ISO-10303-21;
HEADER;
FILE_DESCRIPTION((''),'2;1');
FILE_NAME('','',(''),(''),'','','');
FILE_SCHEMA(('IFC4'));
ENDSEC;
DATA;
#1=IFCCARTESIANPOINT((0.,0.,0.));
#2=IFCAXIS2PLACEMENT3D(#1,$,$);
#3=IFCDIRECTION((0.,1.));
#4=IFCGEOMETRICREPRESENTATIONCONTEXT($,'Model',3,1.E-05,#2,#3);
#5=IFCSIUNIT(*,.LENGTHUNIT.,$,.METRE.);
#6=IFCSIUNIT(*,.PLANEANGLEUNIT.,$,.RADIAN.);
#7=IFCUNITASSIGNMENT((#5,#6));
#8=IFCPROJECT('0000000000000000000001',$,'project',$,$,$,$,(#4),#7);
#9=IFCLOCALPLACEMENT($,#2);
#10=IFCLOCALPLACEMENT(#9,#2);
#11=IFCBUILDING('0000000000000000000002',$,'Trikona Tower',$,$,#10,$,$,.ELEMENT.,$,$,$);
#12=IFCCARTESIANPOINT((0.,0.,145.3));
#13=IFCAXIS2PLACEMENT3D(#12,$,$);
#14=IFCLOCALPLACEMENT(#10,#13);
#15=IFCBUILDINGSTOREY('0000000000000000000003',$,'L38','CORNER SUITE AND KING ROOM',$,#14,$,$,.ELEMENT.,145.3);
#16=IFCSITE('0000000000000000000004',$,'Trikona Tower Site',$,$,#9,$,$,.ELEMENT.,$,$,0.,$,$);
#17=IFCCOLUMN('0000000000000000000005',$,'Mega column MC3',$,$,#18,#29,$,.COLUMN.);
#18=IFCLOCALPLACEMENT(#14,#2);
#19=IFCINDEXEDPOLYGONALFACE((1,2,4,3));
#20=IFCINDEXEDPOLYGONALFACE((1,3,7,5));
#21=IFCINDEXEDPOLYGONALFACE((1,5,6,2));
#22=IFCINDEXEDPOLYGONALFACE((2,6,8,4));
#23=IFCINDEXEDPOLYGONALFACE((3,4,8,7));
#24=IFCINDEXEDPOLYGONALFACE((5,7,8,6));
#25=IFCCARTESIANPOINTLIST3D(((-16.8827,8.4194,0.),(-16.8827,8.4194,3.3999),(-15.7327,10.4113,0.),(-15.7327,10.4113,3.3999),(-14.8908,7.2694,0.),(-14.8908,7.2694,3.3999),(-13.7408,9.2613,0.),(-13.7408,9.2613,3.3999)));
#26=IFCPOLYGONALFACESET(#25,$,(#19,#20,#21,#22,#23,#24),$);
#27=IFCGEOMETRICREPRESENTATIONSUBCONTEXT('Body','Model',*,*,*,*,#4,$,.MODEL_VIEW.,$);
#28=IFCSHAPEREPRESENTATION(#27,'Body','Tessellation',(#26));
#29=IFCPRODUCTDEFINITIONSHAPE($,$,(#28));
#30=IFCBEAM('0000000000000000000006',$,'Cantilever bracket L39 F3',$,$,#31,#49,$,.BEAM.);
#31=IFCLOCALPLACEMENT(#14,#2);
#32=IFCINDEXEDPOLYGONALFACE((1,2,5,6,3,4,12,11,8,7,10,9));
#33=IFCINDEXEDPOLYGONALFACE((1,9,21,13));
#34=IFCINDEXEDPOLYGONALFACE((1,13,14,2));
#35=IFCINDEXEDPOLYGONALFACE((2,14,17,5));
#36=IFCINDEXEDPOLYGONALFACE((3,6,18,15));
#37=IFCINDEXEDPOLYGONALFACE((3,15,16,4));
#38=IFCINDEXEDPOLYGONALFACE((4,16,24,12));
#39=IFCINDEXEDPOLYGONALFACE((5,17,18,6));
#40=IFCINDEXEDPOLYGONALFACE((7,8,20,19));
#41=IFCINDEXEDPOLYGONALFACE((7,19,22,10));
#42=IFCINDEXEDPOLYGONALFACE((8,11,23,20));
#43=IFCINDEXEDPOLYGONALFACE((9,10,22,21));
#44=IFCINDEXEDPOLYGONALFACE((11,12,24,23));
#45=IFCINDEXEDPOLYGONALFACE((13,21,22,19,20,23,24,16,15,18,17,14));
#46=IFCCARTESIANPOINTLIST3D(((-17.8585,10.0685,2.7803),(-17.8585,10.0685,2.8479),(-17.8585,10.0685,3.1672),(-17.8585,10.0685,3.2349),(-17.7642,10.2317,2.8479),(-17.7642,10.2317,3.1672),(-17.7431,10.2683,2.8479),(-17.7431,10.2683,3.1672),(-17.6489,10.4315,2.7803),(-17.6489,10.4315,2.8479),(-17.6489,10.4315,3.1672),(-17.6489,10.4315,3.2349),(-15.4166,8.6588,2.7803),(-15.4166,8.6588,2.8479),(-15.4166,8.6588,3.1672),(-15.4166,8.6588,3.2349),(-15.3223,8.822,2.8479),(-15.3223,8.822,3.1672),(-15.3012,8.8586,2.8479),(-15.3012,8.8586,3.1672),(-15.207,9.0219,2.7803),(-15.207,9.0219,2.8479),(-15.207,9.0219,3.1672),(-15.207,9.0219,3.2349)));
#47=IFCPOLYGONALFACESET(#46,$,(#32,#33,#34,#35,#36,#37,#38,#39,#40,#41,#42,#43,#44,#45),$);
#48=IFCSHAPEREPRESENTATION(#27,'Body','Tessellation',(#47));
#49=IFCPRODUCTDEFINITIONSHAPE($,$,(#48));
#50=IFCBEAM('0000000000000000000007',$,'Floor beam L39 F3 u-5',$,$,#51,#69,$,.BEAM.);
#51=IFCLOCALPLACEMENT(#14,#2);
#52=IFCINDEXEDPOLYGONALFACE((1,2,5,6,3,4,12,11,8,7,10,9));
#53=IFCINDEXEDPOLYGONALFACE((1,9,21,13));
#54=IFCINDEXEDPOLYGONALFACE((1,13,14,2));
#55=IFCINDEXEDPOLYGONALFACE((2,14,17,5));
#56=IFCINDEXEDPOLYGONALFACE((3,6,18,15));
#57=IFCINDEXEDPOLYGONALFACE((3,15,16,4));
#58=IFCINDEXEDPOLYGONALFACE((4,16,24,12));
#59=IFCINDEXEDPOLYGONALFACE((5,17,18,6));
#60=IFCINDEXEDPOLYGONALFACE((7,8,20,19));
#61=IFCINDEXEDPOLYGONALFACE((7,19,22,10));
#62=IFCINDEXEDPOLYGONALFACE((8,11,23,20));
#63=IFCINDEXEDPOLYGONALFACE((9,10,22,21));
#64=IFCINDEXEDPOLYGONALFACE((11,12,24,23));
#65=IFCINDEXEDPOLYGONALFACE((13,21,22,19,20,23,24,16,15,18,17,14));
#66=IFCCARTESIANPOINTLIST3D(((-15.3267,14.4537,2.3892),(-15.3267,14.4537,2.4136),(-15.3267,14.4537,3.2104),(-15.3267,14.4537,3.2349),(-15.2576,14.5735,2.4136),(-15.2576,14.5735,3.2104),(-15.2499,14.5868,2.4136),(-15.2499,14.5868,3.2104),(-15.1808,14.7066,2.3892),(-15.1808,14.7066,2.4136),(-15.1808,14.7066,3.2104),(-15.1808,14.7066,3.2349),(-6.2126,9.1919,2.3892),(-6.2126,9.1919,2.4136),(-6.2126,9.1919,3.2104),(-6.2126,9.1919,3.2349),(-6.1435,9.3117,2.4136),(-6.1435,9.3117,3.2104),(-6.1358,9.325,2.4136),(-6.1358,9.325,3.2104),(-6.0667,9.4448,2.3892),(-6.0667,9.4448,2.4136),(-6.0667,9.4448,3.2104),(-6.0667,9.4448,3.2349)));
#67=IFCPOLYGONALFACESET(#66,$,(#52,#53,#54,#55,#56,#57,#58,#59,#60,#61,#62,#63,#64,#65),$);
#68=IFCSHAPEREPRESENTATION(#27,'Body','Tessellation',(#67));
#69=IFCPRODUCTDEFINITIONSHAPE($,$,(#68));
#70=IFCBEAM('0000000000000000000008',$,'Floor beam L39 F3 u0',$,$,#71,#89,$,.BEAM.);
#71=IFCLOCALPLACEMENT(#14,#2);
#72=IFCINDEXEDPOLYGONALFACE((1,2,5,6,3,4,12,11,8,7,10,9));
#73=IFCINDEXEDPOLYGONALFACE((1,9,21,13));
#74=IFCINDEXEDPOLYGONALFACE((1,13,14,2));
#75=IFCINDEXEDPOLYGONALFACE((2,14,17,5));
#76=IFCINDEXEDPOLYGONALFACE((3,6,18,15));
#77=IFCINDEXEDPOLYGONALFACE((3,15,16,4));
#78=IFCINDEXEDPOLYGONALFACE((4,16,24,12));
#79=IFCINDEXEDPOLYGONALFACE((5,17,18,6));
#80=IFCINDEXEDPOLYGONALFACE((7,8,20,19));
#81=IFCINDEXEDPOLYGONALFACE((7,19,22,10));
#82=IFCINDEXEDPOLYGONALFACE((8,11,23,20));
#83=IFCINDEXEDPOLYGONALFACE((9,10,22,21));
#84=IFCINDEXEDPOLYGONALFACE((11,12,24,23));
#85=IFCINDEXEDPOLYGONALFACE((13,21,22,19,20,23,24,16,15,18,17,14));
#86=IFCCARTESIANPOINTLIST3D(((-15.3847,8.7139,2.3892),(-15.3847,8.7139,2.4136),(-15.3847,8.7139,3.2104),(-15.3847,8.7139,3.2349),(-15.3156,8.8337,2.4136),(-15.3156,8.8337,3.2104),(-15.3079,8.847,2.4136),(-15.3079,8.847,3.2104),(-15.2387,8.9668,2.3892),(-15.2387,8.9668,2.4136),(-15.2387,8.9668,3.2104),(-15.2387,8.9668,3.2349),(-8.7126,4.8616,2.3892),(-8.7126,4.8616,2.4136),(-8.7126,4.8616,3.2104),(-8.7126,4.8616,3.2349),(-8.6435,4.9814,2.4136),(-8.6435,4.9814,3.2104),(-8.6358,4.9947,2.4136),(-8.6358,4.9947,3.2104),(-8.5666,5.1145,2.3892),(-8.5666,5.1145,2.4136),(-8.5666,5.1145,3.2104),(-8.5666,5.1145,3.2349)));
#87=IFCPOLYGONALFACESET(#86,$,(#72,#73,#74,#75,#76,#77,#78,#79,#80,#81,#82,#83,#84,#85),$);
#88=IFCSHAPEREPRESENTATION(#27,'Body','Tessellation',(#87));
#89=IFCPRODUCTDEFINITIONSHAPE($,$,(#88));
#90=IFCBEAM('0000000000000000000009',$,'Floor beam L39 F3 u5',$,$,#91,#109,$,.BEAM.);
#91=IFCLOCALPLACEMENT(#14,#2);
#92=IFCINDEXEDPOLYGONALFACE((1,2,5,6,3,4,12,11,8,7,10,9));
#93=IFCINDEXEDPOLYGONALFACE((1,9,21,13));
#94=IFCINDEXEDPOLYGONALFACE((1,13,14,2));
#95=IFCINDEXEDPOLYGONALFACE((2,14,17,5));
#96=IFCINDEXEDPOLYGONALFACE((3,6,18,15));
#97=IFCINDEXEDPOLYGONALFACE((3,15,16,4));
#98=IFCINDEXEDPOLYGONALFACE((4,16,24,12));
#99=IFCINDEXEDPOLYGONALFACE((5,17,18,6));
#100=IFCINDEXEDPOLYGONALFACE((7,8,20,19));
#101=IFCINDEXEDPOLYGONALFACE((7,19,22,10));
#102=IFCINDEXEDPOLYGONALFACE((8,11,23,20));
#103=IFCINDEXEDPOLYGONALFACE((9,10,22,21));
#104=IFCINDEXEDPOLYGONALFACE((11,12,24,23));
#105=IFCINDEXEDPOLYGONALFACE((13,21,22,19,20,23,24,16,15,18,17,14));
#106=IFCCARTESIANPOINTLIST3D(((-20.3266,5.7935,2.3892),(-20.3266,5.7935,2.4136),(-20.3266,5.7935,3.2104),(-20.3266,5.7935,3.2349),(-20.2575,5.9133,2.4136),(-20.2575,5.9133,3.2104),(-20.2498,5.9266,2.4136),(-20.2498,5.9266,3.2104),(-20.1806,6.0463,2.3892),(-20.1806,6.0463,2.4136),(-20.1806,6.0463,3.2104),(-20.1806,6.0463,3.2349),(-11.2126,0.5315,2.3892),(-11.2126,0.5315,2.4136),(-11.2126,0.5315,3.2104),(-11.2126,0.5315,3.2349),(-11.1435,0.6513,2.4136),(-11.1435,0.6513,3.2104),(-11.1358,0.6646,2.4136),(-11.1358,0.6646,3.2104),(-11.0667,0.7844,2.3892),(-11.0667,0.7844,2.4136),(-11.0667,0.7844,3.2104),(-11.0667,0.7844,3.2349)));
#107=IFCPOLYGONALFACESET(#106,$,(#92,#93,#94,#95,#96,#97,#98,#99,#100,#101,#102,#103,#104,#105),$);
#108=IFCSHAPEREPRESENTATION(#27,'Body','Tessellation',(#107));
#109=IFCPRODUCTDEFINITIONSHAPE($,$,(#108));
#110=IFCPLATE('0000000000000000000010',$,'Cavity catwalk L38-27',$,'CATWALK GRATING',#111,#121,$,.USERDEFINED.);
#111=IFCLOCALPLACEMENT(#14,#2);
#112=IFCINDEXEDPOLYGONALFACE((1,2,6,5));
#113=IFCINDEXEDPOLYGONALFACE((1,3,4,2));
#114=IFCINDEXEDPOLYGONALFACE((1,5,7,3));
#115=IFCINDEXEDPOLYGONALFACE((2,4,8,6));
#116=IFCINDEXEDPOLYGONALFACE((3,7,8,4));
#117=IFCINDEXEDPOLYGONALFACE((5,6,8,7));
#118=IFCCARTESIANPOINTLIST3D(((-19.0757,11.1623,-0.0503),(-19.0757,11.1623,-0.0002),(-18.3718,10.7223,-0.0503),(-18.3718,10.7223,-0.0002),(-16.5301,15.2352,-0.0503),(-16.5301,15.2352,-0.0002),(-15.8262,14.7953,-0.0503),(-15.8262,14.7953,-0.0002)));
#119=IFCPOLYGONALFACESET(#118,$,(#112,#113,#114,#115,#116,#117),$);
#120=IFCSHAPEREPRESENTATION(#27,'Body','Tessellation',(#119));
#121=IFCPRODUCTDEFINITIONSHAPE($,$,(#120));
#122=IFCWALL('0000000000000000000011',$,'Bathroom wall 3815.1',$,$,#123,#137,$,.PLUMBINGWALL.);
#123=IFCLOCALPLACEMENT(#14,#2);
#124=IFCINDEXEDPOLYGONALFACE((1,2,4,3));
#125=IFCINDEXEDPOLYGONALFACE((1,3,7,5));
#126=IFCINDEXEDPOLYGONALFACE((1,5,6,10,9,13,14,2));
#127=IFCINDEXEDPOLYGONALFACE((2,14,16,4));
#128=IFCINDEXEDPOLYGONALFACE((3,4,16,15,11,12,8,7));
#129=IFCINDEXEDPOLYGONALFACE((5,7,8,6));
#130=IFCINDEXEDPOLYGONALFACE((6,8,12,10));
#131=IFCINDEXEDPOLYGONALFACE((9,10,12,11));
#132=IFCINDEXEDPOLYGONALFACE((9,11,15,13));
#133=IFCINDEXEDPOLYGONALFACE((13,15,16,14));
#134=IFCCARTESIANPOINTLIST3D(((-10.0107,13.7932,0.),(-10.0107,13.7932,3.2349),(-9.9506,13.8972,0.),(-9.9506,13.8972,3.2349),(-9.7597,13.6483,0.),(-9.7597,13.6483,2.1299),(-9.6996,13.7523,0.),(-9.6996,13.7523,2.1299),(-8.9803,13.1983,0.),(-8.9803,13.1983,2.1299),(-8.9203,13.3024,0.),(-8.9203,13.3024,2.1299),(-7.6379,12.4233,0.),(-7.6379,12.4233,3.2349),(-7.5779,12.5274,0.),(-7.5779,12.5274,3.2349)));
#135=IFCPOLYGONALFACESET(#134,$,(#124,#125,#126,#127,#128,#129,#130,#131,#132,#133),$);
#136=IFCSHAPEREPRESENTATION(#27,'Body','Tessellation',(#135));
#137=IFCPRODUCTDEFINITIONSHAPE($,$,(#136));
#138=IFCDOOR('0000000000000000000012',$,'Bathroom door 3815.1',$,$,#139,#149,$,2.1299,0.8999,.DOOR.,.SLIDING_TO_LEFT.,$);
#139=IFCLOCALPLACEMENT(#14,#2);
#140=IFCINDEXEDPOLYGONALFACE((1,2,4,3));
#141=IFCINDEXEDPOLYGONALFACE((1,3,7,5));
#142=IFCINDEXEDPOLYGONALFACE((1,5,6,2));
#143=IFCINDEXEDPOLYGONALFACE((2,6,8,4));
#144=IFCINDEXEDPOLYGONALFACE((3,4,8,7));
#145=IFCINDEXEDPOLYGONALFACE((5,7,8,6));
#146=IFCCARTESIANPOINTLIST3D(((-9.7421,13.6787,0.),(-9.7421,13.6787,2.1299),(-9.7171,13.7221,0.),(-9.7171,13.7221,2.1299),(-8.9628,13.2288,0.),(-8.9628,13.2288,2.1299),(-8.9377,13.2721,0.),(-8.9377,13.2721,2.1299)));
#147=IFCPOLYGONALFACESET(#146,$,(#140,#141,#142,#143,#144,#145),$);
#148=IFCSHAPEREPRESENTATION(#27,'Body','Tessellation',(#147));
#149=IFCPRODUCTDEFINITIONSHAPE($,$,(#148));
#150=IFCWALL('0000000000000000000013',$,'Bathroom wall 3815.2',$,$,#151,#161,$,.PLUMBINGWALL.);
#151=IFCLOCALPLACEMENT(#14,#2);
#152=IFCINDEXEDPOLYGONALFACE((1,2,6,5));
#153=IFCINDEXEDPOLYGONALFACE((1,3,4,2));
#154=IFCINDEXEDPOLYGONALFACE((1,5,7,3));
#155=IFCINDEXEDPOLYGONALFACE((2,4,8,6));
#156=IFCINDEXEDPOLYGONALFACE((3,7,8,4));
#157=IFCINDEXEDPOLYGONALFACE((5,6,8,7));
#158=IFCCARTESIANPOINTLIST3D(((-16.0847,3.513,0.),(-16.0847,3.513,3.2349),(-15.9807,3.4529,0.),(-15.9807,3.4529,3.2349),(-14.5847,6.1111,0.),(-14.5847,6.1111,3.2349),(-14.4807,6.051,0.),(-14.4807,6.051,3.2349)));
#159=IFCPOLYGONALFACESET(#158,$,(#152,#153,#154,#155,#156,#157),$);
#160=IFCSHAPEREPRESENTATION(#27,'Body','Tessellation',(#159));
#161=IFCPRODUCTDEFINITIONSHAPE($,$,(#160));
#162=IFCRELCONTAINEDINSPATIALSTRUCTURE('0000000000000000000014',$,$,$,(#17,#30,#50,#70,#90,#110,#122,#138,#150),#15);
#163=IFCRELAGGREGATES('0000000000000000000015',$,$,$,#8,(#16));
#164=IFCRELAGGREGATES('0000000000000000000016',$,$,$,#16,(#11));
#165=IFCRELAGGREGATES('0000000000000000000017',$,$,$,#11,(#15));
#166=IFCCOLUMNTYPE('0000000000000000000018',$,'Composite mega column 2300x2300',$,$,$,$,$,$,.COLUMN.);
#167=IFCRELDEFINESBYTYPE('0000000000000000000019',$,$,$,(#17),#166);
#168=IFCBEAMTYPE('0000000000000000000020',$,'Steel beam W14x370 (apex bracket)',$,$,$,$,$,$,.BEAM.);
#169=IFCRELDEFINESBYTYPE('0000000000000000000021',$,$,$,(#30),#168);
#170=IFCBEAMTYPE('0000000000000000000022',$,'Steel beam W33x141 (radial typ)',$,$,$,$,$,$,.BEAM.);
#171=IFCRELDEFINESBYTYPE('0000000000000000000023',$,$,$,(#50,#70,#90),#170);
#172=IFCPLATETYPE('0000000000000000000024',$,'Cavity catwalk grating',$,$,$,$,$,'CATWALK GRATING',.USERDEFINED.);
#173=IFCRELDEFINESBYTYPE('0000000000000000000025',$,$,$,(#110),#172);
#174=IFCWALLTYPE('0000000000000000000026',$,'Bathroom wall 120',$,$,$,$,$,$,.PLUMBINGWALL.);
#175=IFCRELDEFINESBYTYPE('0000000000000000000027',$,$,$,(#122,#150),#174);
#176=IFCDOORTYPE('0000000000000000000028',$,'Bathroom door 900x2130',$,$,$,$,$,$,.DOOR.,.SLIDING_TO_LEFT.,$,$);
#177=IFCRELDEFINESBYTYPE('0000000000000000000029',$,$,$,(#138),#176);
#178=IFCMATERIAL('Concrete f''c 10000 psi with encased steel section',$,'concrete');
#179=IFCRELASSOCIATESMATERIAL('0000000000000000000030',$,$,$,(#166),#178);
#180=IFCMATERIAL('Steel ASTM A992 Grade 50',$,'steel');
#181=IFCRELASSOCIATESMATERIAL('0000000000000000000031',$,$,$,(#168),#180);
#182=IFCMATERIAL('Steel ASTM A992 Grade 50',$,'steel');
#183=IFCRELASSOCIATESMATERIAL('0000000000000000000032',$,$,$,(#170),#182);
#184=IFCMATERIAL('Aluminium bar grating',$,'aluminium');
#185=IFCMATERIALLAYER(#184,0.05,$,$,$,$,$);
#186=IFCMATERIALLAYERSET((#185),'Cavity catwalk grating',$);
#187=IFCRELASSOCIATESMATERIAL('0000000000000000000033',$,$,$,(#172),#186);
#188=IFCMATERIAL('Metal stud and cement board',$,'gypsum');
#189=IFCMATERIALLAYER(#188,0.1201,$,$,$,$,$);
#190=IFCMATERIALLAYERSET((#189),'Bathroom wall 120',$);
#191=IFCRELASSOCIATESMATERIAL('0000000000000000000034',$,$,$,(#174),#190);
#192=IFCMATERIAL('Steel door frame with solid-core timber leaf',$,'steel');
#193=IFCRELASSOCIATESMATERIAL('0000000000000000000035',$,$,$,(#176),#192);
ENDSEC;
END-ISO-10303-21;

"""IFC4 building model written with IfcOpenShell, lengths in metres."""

from ifc_helpers import new_model, si_unit, direction, frame, frame_2d, origin, origin_2d, place, context, subcontext, project, spatial, rectangle, i_section, extrude, material, layer, layer_set, material_profile, profile_set, type_object, element, fill, save


model = new_model("IFC4")

# Units and contexts
model_context = context("Model", 3, precision=1e-05, world=origin(), true_north=direction((0.0, 1.0)))
body_context = subcontext(model_context, "Body", "Model", "MODEL_VIEW")
ifc_project = project(units=[si_unit("LENGTHUNIT", "METRE"), si_unit("PLANEANGLEUNIT", "RADIAN")], contexts=[model_context])

# Site, building, storey
site_placement = place(None, origin())
site = spatial("IfcSite", under=ifc_project, at=site_placement, Name="Trikona Tower Site", CompositionType="ELEMENT", RefElevation=0.0)
building_placement = place(site_placement, origin())
building = spatial("IfcBuilding", under=site, at=building_placement, Name="Trikona Tower", CompositionType="ELEMENT")
storey_placement = place(building_placement, frame((0.0, 0.0, 145.3)))
storey = spatial("IfcBuildingStorey", under=building, at=storey_placement, Name="L38", Description="CORNER SUITE AND KING ROOM", CompositionType="ELEMENT", Elevation=145.3)

# Column
ifc_material_1 = material(Name="Concrete f'c 10000 psi with encased steel section", Category="concrete")
ifc_material_profile_1 = material_profile(ifc_material_1, rectangle(XDim=2.3, YDim=2.3, at=origin_2d()), Name="MC2300")
ifc_profile_set_1 = profile_set([ifc_material_profile_1], Name="Concrete f'c 10000 psi with encased steel section")
column_type = type_object("IfcColumnType", Name="Composite mega column 2300x2300", PredefinedType="COLUMN", material=ifc_profile_set_1)
column_placement = place(storey_placement, frame((-15.3118, 8.8403, 0.0), z_axis=(0.0, 0.0, 1.0), x_axis=(-0.866025, 0.5, 0.0)))
element("IfcColumn", 1, at=column_placement, inside=storey, type_object=column_type, Name="Mega column MC3", PredefinedType="COLUMN", context=body_context, shape_type="SweptSolid", body=[
    extrude(rectangle(XDim=2.3, YDim=2.3, at=origin_2d()), origin(), (0.0, 0.0, 1.0), 3.3999),
])

# Beams
ifc_material_2 = material(Name="Steel ASTM A992 Grade 50", Category="steel")
ifc_material_profile_2 = material_profile(ifc_material_2, i_section(OverallWidth=0.4192, OverallDepth=0.4546, WebThickness=0.0422, FlangeThickness=0.0676, at=origin_2d()), Name="W14X370")
ifc_profile_set_2 = profile_set([ifc_material_profile_2], Name="Steel ASTM A992 Grade 50")
beam_type_1 = type_object("IfcBeamType", Name="Steel beam W14x370 (apex bracket)", PredefinedType="BEAM", material=ifc_profile_set_2)
beam_1_placement = place(storey_placement, frame((-15.3118, 8.8403, 3.0076), z_axis=(-0.86605, 0.499957, 0.0), x_axis=(-0.499957, -0.86605, 0.0)))
element("IfcBeam", 2, at=beam_1_placement, inside=storey, type_object=beam_type_1, Name="Cantilever bracket L39 F3", PredefinedType="BEAM", context=body_context, shape_type="SweptSolid", body=[
    extrude(i_section(OverallWidth=0.4192, OverallDepth=0.4546, WebThickness=0.0422, FlangeThickness=0.0676, at=origin_2d()), origin(), (0.0, 0.0, 1.0), 2.8196),
])
ifc_material_3 = material(Name="Steel ASTM A992 Grade 50", Category="steel")
ifc_material_profile_3 = material_profile(ifc_material_3, i_section(OverallWidth=0.292, OverallDepth=0.8457, WebThickness=0.0154, FlangeThickness=0.0244, at=origin_2d()), Name="W33X141")
ifc_profile_set_3 = profile_set([ifc_material_profile_3], Name="Steel ASTM A992 Grade 50")
beam_type_2 = type_object("IfcBeamType", Name="Steel beam W33x141 (radial typ)", PredefinedType="BEAM", material=ifc_profile_set_3)
beam_2_placement = place(storey_placement, frame((-6.1396, 9.3184, 2.812), z_axis=(-0.866036, 0.499982, 0.0), x_axis=(-0.499982, -0.866036, 0.0)))
element("IfcBeam", 3, at=beam_2_placement, inside=storey, type_object=beam_type_2, Name="Floor beam L39 F3 u-5", PredefinedType="BEAM", context=body_context, shape_type="SweptSolid", body=[
    extrude(i_section(OverallWidth=0.292, OverallDepth=0.8457, WebThickness=0.0154, FlangeThickness=0.0244, at=origin_2d()), origin(), (0.0, 0.0, 1.0), 10.5239),
])
beam_3_placement = place(storey_placement, frame((-8.6396, 4.988, 2.812), z_axis=(-0.866017, 0.500014, 0.0), x_axis=(-0.500014, -0.866017, 0.0)))
element("IfcBeam", 4, at=beam_3_placement, inside=storey, type_object=beam_type_2, Name="Floor beam L39 F3 u0", PredefinedType="BEAM", context=body_context, shape_type="SweptSolid", body=[
    extrude(i_section(OverallWidth=0.292, OverallDepth=0.8457, WebThickness=0.0154, FlangeThickness=0.0244, at=origin_2d()), origin(), (0.0, 0.0, 1.0), 7.7043),
])
beam_4_placement = place(storey_placement, frame((-11.1396, 0.658, 2.812), z_axis=(-0.866026, 0.499999, 0.0), x_axis=(-0.499999, -0.866026, 0.0)))
element("IfcBeam", 5, at=beam_4_placement, inside=storey, type_object=beam_type_2, Name="Floor beam L39 F3 u5", PredefinedType="BEAM", context=body_context, shape_type="SweptSolid", body=[
    extrude(i_section(OverallWidth=0.292, OverallDepth=0.8457, WebThickness=0.0154, FlangeThickness=0.0244, at=origin_2d()), origin(), (0.0, 0.0, 1.0), 10.5239),
])

# Plate
ifc_material_4 = material(Name="Aluminium bar grating", Category="aluminium")
ifc_layer_1 = layer(ifc_material_4, 0.05)
ifc_layer_set_1 = layer_set([ifc_layer_1], Name="Cavity catwalk grating")
plate_type = type_object("IfcPlateType", Name="Cavity catwalk grating", ElementType="CATWALK GRATING", PredefinedType="USERDEFINED", material=ifc_layer_set_1)
plate_placement = place(storey_placement, frame((-17.4509, 12.9788, -0.0503), z_axis=(0.0, 0.0, 1.0), x_axis=(-0.529995, -0.848001, 0.0)))
element("IfcPlate", 6, at=plate_placement, inside=storey, type_object=plate_type, Name="Cavity catwalk L38-27", ObjectType="CATWALK GRATING", PredefinedType="USERDEFINED", context=body_context, shape_type="SweptSolid", body=[
    extrude(rectangle(XDim=4.803, YDim=0.8301, at=origin_2d()), origin(), (0.0, 0.0, 1.0), 0.05),
])

# Wall, opening, door
ifc_material_5 = material(Name="Metal stud and cement board", Category="gypsum")
ifc_layer_2 = layer(ifc_material_5, 0.1201)
ifc_layer_set_2 = layer_set([ifc_layer_2], Name="Bathroom wall 120")
wall_type_1 = type_object("IfcWallType", Name="Bathroom wall 120", PredefinedType="PLUMBINGWALL", material=ifc_layer_set_2)
wall_1_placement = place(storey_placement, frame((-7.6079, 12.4753, 0.0), z_axis=(0.0, 0.0, 1.0), x_axis=(-0.866036, 0.499982, 0.0)))
wall_1 = element("IfcWall", 7, at=wall_1_placement, inside=storey, type_object=wall_type_1, Name="Bathroom wall 3815.1", PredefinedType="PLUMBINGWALL", context=body_context, shape_type="SweptSolid", body=[
    extrude(rectangle(XDim=2.7397, YDim=0.1201, at=frame_2d((1.3699, 0.0))), origin(), (0.0, 0.0, 1.0), 3.2349),
])
opening_1_placement = place(wall_1_placement, frame((1.55, 0.0, 0.0)))
opening_1 = element("IfcOpeningElement", 8, at=opening_1_placement, cuts=wall_1, PredefinedType="OPENING", context=body_context, shape_type="SweptSolid", body=[
    extrude(rectangle(XDim=0.8999, YDim=2.1299, at=frame_2d((0.45, 1.0649))), frame((0.0, 0.0701, 0.0), z_axis=(0.0, -1.0, 0.0), x_axis=(1.0, 0.0, 0.0)), (0.0, 0.0, 1.0), 0.1401),
])
ifc_material_6 = material(Name="Steel door frame with solid-core timber leaf", Category="steel")
door_type_1 = type_object("IfcDoorType", Name="Bathroom door 900x2130", OperationType="SLIDING_TO_LEFT", PredefinedType="DOOR", material=ifc_material_6)
door_1_placement = place(opening_1_placement, origin())
door_1 = element("IfcDoor", 9, at=door_1_placement, inside=storey, type_object=door_type_1, Name="Bathroom door 3815.1", OperationType="SLIDING_TO_LEFT", OverallHeight=2.1299, OverallWidth=0.8999, PredefinedType="DOOR", context=body_context, shape_type="SweptSolid", body=[
    extrude(rectangle(XDim=0.8999, YDim=2.1299, at=frame_2d((0.45, 1.0649))), frame((0.0, 0.0249, 0.0), z_axis=(0.0, -1.0, 0.0), x_axis=(1.0, 0.0, 0.0)), (0.0, 0.0, 1.0), 0.05),
])
fill(opening_1, door_1)

# Wall
wall_2_placement = place(storey_placement, frame((-14.5327, 6.0811, 0.0), z_axis=(0.0, 0.0, 1.0), x_axis=(-0.49999, -0.866031, 0.0)))
element("IfcWall", 10, at=wall_2_placement, inside=storey, type_object=wall_type_1, Name="Bathroom wall 3815.2", PredefinedType="PLUMBINGWALL", context=body_context, shape_type="SweptSolid", body=[
    extrude(rectangle(XDim=3.0, YDim=0.1201, at=frame_2d((1.5, 0.0))), origin(), (0.0, 0.0, 1.0), 3.2349),
])

save(model, "model.ifc")
